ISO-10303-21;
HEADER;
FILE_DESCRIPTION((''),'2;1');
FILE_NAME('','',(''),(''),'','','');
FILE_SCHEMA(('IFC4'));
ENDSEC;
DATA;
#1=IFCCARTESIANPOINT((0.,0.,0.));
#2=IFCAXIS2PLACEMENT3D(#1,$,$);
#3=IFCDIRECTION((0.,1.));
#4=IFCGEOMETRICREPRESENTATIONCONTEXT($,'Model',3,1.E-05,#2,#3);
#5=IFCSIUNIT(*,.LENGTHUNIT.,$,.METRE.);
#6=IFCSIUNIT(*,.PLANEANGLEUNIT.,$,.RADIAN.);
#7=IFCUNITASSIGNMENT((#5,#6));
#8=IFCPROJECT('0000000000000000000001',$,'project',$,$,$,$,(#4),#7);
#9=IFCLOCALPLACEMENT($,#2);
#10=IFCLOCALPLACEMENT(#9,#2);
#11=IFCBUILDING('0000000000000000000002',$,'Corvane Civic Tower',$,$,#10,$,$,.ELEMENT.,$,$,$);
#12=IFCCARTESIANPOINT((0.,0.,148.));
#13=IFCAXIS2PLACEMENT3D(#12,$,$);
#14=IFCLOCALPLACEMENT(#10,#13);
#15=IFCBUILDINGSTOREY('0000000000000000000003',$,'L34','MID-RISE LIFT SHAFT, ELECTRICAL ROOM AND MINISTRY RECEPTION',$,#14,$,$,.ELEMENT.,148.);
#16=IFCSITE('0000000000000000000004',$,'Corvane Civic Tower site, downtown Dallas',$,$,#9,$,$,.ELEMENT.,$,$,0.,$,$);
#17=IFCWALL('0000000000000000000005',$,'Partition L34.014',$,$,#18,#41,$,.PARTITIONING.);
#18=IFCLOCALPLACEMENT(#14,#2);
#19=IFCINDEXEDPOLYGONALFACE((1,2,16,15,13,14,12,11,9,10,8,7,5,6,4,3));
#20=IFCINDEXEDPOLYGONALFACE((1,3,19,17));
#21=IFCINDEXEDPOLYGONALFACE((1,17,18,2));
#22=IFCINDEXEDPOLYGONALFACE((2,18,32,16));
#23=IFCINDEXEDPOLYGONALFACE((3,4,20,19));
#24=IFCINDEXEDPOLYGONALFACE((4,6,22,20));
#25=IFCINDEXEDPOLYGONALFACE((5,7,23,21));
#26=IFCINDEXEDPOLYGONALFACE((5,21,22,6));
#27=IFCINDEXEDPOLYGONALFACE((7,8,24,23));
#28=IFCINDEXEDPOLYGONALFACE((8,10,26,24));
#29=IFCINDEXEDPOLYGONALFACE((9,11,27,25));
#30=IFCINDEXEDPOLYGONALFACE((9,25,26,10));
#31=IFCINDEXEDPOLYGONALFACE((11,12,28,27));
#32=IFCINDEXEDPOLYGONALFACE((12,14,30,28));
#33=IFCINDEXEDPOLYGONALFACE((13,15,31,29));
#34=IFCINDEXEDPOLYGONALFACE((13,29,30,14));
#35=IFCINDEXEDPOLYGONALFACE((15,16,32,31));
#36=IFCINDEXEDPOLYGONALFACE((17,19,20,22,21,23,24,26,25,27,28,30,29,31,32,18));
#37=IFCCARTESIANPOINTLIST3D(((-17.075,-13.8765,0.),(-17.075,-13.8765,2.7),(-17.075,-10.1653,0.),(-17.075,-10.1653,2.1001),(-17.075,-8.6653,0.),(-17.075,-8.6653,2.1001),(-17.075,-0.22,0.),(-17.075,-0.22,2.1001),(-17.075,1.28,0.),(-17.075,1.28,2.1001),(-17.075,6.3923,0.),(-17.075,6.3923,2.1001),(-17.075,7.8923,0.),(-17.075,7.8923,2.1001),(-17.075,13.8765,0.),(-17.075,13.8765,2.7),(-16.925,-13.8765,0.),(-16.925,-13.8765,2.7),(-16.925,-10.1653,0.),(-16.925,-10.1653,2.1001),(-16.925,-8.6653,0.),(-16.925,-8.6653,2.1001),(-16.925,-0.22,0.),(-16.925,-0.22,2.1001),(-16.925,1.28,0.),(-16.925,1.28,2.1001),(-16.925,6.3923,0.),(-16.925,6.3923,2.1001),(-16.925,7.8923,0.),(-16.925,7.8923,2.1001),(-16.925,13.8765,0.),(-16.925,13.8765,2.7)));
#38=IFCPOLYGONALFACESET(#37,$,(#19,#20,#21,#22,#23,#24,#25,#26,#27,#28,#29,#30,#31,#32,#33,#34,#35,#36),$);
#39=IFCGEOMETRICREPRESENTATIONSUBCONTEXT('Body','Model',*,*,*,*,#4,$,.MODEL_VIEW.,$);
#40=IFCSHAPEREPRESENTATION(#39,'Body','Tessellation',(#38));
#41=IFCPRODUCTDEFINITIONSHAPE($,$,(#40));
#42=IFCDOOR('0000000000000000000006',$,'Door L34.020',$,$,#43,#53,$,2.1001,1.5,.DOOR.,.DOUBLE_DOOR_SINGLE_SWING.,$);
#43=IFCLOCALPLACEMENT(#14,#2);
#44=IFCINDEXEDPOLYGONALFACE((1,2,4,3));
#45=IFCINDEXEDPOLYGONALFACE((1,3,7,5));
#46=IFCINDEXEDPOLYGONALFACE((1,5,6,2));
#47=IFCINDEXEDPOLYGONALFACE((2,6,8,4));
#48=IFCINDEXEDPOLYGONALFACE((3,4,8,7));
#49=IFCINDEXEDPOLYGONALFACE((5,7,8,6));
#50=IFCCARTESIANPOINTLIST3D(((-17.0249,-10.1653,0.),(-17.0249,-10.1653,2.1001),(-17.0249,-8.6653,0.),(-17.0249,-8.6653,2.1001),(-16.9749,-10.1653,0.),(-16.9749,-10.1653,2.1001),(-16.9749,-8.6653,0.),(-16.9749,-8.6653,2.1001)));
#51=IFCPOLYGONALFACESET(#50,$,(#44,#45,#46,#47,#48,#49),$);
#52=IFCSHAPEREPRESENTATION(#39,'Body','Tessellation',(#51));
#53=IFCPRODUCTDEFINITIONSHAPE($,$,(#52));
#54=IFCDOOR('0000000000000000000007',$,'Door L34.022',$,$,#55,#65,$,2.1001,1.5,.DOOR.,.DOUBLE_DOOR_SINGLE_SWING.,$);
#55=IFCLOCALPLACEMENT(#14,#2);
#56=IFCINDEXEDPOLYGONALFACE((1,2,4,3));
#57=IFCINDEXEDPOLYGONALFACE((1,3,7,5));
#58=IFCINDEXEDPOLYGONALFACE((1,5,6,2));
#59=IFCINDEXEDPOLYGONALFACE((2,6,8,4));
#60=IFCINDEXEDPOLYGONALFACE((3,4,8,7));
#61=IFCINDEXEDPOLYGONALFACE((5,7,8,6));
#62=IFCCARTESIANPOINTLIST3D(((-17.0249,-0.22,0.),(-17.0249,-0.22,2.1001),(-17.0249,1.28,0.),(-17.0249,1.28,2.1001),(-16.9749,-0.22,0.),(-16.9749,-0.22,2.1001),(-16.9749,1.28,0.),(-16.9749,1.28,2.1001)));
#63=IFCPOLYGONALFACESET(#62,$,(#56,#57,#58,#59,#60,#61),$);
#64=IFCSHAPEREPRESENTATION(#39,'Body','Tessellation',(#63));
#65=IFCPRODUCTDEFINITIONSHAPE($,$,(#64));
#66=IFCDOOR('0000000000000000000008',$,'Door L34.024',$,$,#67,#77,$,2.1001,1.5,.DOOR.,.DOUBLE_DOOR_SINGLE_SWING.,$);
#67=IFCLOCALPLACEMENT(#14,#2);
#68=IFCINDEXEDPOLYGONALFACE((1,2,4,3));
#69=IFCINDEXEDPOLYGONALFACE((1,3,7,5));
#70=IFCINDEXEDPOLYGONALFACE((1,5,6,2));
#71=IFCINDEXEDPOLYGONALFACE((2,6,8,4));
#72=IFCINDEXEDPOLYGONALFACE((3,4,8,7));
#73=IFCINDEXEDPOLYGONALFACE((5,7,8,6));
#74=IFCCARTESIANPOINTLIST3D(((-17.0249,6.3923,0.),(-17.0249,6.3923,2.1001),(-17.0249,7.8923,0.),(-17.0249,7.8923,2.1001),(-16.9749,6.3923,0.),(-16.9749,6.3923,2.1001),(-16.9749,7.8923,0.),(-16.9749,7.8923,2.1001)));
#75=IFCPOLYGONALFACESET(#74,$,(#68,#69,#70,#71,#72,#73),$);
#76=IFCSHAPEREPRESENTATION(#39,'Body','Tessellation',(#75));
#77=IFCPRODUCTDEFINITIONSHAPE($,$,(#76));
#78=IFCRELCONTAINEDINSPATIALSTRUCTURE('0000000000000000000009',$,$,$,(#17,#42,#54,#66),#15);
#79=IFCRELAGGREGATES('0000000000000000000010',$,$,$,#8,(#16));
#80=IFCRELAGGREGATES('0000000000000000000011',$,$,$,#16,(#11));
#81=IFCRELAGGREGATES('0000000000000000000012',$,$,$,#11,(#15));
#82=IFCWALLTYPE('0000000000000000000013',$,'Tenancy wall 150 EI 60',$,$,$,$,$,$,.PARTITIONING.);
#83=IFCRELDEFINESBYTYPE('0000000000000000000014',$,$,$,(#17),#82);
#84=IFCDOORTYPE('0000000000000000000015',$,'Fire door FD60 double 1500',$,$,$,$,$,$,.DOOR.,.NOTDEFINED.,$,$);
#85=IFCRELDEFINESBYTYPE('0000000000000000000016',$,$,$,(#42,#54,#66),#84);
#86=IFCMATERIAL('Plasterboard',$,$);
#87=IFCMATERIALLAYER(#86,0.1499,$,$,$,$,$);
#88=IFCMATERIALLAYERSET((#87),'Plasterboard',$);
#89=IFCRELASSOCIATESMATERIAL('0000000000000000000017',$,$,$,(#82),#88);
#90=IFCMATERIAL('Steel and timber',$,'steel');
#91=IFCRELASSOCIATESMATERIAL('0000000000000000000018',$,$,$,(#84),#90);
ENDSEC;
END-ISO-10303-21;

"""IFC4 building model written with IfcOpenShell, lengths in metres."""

from ifc_helpers import new_model, si_unit, direction, frame, frame_2d, origin, place, context, subcontext, project, spatial, rectangle, extrude, material, layer, layer_set, type_object, element, fill, save


model = new_model("IFC4")

# Units and contexts
model_context = context("Model", 3, precision=1e-05, world=origin(), true_north=direction((0.0, 1.0)))
body_context = subcontext(model_context, "Body", "Model", "MODEL_VIEW")
ifc_project = project(units=[si_unit("LENGTHUNIT", "METRE"), si_unit("PLANEANGLEUNIT", "RADIAN")], contexts=[model_context])

# Site, building, storey
site_placement = place(None, origin())
site = spatial("IfcSite", under=ifc_project, at=site_placement, Name="Corvane Civic Tower site, downtown Dallas", CompositionType="ELEMENT", RefElevation=0.0)
building_placement = place(site_placement, origin())
building = spatial("IfcBuilding", under=site, at=building_placement, Name="Corvane Civic Tower", CompositionType="ELEMENT")
storey_placement = place(building_placement, frame((0.0, 0.0, 148.0)))
storey = spatial("IfcBuildingStorey", under=building, at=storey_placement, Name="L34", Description="MID-RISE LIFT SHAFT, ELECTRICAL ROOM AND MINISTRY RECEPTION", CompositionType="ELEMENT", Elevation=148.0)

# Shared definitions
ifc_material_1 = material(Name="Plasterboard")
ifc_layer_1 = layer(ifc_material_1, 0.1499)
ifc_layer_set_1 = layer_set([ifc_layer_1], Name="Plasterboard")
wall_type_1 = type_object("IfcWallType", Name="Tenancy wall 150 EI 60", PredefinedType="PARTITIONING", material=ifc_layer_set_1)

# Wall, openings, doors
wall_1_placement = place(storey_placement, frame((-17.0, -13.8765, 0.0), z_axis=(0.0, 0.0, 1.0), x_axis=(0.0, 1.0, 0.0)))
wall_1 = element("IfcWall", 1, at=wall_1_placement, inside=storey, type_object=wall_type_1, Name="Partition L34.014", PredefinedType="PARTITIONING", context=body_context, shape_type="SweptSolid", body=[
    extrude(rectangle(XDim=27.7529, YDim=0.1499, at=frame_2d((13.8765, 0.0))), origin(), (0.0, 0.0, 1.0), 2.7),
])
opening_1_placement = place(wall_1_placement, frame((3.7112, 0.0, 0.0)))
opening_1 = element("IfcOpeningElement", 2, at=opening_1_placement, cuts=wall_1, PredefinedType="OPENING", context=body_context, shape_type="SweptSolid", body=[
    extrude(rectangle(XDim=1.5, YDim=2.1001, at=frame_2d((0.75, 1.05))), frame((0.0, 0.085, 0.0), z_axis=(0.0, -1.0, 0.0), x_axis=(1.0, 0.0, 0.0)), (0.0, 0.0, 1.0), 0.1699),
])
opening_2_placement = place(wall_1_placement, frame((13.6565, 0.0, 0.0)))
opening_2 = element("IfcOpeningElement", 3, at=opening_2_placement, cuts=wall_1, PredefinedType="OPENING", context=body_context, shape_type="SweptSolid", body=[
    extrude(rectangle(XDim=1.5, YDim=2.1001, at=frame_2d((0.75, 1.05))), frame((0.0, 0.085, 0.0), z_axis=(0.0, -1.0, 0.0), x_axis=(1.0, 0.0, 0.0)), (0.0, 0.0, 1.0), 0.1699),
])
opening_3_placement = place(wall_1_placement, frame((20.2688, 0.0, 0.0)))
opening_3 = element("IfcOpeningElement", 4, at=opening_3_placement, cuts=wall_1, PredefinedType="OPENING", context=body_context, shape_type="SweptSolid", body=[
    extrude(rectangle(XDim=1.5, YDim=2.1001, at=frame_2d((0.75, 1.05))), frame((0.0, 0.085, 0.0), z_axis=(0.0, -1.0, 0.0), x_axis=(1.0, 0.0, 0.0)), (0.0, 0.0, 1.0), 0.1699),
])
ifc_material_2 = material(Name="Steel and timber", Category="steel")
door_type_1 = type_object("IfcDoorType", Name="Fire door FD60 double 1500", OperationType="NOTDEFINED", PredefinedType="DOOR", material=ifc_material_2)
door_1_placement = place(opening_1_placement, origin())
door_1 = element("IfcDoor", 5, at=door_1_placement, inside=storey, type_object=door_type_1, Name="Door L34.020", OperationType="DOUBLE_DOOR_SINGLE_SWING", OverallHeight=2.1001, OverallWidth=1.5, PredefinedType="DOOR", context=body_context, shape_type="SweptSolid", body=[
    extrude(rectangle(XDim=1.5, YDim=2.1001, at=frame_2d((0.75, 1.05))), frame((0.0, 0.0249, 0.0), z_axis=(0.0, -1.0, 0.0), x_axis=(1.0, 0.0, 0.0)), (0.0, 0.0, 1.0), 0.05),
])
fill(opening_1, door_1)
door_2_placement = place(opening_2_placement, origin())
door_2 = element("IfcDoor", 6, at=door_2_placement, inside=storey, type_object=door_type_1, Name="Door L34.022", OperationType="DOUBLE_DOOR_SINGLE_SWING", OverallHeight=2.1001, OverallWidth=1.5, PredefinedType="DOOR", context=body_context, shape_type="SweptSolid", body=[
    extrude(rectangle(XDim=1.5, YDim=2.1001, at=frame_2d((0.75, 1.05))), frame((0.0, 0.0249, 0.0), z_axis=(0.0, -1.0, 0.0), x_axis=(1.0, 0.0, 0.0)), (0.0, 0.0, 1.0), 0.05),
])
fill(opening_2, door_2)
door_3_placement = place(opening_3_placement, origin())
door_3 = element("IfcDoor", 7, at=door_3_placement, inside=storey, type_object=door_type_1, Name="Door L34.024", OperationType="DOUBLE_DOOR_SINGLE_SWING", OverallHeight=2.1001, OverallWidth=1.5, PredefinedType="DOOR", context=body_context, shape_type="SweptSolid", body=[
    extrude(rectangle(XDim=1.5, YDim=2.1001, at=frame_2d((0.75, 1.05))), frame((0.0, 0.0249, 0.0), z_axis=(0.0, -1.0, 0.0), x_axis=(1.0, 0.0, 0.0)), (0.0, 0.0, 1.0), 0.05),
])
fill(opening_3, door_3)

save(model, "model.ifc")
